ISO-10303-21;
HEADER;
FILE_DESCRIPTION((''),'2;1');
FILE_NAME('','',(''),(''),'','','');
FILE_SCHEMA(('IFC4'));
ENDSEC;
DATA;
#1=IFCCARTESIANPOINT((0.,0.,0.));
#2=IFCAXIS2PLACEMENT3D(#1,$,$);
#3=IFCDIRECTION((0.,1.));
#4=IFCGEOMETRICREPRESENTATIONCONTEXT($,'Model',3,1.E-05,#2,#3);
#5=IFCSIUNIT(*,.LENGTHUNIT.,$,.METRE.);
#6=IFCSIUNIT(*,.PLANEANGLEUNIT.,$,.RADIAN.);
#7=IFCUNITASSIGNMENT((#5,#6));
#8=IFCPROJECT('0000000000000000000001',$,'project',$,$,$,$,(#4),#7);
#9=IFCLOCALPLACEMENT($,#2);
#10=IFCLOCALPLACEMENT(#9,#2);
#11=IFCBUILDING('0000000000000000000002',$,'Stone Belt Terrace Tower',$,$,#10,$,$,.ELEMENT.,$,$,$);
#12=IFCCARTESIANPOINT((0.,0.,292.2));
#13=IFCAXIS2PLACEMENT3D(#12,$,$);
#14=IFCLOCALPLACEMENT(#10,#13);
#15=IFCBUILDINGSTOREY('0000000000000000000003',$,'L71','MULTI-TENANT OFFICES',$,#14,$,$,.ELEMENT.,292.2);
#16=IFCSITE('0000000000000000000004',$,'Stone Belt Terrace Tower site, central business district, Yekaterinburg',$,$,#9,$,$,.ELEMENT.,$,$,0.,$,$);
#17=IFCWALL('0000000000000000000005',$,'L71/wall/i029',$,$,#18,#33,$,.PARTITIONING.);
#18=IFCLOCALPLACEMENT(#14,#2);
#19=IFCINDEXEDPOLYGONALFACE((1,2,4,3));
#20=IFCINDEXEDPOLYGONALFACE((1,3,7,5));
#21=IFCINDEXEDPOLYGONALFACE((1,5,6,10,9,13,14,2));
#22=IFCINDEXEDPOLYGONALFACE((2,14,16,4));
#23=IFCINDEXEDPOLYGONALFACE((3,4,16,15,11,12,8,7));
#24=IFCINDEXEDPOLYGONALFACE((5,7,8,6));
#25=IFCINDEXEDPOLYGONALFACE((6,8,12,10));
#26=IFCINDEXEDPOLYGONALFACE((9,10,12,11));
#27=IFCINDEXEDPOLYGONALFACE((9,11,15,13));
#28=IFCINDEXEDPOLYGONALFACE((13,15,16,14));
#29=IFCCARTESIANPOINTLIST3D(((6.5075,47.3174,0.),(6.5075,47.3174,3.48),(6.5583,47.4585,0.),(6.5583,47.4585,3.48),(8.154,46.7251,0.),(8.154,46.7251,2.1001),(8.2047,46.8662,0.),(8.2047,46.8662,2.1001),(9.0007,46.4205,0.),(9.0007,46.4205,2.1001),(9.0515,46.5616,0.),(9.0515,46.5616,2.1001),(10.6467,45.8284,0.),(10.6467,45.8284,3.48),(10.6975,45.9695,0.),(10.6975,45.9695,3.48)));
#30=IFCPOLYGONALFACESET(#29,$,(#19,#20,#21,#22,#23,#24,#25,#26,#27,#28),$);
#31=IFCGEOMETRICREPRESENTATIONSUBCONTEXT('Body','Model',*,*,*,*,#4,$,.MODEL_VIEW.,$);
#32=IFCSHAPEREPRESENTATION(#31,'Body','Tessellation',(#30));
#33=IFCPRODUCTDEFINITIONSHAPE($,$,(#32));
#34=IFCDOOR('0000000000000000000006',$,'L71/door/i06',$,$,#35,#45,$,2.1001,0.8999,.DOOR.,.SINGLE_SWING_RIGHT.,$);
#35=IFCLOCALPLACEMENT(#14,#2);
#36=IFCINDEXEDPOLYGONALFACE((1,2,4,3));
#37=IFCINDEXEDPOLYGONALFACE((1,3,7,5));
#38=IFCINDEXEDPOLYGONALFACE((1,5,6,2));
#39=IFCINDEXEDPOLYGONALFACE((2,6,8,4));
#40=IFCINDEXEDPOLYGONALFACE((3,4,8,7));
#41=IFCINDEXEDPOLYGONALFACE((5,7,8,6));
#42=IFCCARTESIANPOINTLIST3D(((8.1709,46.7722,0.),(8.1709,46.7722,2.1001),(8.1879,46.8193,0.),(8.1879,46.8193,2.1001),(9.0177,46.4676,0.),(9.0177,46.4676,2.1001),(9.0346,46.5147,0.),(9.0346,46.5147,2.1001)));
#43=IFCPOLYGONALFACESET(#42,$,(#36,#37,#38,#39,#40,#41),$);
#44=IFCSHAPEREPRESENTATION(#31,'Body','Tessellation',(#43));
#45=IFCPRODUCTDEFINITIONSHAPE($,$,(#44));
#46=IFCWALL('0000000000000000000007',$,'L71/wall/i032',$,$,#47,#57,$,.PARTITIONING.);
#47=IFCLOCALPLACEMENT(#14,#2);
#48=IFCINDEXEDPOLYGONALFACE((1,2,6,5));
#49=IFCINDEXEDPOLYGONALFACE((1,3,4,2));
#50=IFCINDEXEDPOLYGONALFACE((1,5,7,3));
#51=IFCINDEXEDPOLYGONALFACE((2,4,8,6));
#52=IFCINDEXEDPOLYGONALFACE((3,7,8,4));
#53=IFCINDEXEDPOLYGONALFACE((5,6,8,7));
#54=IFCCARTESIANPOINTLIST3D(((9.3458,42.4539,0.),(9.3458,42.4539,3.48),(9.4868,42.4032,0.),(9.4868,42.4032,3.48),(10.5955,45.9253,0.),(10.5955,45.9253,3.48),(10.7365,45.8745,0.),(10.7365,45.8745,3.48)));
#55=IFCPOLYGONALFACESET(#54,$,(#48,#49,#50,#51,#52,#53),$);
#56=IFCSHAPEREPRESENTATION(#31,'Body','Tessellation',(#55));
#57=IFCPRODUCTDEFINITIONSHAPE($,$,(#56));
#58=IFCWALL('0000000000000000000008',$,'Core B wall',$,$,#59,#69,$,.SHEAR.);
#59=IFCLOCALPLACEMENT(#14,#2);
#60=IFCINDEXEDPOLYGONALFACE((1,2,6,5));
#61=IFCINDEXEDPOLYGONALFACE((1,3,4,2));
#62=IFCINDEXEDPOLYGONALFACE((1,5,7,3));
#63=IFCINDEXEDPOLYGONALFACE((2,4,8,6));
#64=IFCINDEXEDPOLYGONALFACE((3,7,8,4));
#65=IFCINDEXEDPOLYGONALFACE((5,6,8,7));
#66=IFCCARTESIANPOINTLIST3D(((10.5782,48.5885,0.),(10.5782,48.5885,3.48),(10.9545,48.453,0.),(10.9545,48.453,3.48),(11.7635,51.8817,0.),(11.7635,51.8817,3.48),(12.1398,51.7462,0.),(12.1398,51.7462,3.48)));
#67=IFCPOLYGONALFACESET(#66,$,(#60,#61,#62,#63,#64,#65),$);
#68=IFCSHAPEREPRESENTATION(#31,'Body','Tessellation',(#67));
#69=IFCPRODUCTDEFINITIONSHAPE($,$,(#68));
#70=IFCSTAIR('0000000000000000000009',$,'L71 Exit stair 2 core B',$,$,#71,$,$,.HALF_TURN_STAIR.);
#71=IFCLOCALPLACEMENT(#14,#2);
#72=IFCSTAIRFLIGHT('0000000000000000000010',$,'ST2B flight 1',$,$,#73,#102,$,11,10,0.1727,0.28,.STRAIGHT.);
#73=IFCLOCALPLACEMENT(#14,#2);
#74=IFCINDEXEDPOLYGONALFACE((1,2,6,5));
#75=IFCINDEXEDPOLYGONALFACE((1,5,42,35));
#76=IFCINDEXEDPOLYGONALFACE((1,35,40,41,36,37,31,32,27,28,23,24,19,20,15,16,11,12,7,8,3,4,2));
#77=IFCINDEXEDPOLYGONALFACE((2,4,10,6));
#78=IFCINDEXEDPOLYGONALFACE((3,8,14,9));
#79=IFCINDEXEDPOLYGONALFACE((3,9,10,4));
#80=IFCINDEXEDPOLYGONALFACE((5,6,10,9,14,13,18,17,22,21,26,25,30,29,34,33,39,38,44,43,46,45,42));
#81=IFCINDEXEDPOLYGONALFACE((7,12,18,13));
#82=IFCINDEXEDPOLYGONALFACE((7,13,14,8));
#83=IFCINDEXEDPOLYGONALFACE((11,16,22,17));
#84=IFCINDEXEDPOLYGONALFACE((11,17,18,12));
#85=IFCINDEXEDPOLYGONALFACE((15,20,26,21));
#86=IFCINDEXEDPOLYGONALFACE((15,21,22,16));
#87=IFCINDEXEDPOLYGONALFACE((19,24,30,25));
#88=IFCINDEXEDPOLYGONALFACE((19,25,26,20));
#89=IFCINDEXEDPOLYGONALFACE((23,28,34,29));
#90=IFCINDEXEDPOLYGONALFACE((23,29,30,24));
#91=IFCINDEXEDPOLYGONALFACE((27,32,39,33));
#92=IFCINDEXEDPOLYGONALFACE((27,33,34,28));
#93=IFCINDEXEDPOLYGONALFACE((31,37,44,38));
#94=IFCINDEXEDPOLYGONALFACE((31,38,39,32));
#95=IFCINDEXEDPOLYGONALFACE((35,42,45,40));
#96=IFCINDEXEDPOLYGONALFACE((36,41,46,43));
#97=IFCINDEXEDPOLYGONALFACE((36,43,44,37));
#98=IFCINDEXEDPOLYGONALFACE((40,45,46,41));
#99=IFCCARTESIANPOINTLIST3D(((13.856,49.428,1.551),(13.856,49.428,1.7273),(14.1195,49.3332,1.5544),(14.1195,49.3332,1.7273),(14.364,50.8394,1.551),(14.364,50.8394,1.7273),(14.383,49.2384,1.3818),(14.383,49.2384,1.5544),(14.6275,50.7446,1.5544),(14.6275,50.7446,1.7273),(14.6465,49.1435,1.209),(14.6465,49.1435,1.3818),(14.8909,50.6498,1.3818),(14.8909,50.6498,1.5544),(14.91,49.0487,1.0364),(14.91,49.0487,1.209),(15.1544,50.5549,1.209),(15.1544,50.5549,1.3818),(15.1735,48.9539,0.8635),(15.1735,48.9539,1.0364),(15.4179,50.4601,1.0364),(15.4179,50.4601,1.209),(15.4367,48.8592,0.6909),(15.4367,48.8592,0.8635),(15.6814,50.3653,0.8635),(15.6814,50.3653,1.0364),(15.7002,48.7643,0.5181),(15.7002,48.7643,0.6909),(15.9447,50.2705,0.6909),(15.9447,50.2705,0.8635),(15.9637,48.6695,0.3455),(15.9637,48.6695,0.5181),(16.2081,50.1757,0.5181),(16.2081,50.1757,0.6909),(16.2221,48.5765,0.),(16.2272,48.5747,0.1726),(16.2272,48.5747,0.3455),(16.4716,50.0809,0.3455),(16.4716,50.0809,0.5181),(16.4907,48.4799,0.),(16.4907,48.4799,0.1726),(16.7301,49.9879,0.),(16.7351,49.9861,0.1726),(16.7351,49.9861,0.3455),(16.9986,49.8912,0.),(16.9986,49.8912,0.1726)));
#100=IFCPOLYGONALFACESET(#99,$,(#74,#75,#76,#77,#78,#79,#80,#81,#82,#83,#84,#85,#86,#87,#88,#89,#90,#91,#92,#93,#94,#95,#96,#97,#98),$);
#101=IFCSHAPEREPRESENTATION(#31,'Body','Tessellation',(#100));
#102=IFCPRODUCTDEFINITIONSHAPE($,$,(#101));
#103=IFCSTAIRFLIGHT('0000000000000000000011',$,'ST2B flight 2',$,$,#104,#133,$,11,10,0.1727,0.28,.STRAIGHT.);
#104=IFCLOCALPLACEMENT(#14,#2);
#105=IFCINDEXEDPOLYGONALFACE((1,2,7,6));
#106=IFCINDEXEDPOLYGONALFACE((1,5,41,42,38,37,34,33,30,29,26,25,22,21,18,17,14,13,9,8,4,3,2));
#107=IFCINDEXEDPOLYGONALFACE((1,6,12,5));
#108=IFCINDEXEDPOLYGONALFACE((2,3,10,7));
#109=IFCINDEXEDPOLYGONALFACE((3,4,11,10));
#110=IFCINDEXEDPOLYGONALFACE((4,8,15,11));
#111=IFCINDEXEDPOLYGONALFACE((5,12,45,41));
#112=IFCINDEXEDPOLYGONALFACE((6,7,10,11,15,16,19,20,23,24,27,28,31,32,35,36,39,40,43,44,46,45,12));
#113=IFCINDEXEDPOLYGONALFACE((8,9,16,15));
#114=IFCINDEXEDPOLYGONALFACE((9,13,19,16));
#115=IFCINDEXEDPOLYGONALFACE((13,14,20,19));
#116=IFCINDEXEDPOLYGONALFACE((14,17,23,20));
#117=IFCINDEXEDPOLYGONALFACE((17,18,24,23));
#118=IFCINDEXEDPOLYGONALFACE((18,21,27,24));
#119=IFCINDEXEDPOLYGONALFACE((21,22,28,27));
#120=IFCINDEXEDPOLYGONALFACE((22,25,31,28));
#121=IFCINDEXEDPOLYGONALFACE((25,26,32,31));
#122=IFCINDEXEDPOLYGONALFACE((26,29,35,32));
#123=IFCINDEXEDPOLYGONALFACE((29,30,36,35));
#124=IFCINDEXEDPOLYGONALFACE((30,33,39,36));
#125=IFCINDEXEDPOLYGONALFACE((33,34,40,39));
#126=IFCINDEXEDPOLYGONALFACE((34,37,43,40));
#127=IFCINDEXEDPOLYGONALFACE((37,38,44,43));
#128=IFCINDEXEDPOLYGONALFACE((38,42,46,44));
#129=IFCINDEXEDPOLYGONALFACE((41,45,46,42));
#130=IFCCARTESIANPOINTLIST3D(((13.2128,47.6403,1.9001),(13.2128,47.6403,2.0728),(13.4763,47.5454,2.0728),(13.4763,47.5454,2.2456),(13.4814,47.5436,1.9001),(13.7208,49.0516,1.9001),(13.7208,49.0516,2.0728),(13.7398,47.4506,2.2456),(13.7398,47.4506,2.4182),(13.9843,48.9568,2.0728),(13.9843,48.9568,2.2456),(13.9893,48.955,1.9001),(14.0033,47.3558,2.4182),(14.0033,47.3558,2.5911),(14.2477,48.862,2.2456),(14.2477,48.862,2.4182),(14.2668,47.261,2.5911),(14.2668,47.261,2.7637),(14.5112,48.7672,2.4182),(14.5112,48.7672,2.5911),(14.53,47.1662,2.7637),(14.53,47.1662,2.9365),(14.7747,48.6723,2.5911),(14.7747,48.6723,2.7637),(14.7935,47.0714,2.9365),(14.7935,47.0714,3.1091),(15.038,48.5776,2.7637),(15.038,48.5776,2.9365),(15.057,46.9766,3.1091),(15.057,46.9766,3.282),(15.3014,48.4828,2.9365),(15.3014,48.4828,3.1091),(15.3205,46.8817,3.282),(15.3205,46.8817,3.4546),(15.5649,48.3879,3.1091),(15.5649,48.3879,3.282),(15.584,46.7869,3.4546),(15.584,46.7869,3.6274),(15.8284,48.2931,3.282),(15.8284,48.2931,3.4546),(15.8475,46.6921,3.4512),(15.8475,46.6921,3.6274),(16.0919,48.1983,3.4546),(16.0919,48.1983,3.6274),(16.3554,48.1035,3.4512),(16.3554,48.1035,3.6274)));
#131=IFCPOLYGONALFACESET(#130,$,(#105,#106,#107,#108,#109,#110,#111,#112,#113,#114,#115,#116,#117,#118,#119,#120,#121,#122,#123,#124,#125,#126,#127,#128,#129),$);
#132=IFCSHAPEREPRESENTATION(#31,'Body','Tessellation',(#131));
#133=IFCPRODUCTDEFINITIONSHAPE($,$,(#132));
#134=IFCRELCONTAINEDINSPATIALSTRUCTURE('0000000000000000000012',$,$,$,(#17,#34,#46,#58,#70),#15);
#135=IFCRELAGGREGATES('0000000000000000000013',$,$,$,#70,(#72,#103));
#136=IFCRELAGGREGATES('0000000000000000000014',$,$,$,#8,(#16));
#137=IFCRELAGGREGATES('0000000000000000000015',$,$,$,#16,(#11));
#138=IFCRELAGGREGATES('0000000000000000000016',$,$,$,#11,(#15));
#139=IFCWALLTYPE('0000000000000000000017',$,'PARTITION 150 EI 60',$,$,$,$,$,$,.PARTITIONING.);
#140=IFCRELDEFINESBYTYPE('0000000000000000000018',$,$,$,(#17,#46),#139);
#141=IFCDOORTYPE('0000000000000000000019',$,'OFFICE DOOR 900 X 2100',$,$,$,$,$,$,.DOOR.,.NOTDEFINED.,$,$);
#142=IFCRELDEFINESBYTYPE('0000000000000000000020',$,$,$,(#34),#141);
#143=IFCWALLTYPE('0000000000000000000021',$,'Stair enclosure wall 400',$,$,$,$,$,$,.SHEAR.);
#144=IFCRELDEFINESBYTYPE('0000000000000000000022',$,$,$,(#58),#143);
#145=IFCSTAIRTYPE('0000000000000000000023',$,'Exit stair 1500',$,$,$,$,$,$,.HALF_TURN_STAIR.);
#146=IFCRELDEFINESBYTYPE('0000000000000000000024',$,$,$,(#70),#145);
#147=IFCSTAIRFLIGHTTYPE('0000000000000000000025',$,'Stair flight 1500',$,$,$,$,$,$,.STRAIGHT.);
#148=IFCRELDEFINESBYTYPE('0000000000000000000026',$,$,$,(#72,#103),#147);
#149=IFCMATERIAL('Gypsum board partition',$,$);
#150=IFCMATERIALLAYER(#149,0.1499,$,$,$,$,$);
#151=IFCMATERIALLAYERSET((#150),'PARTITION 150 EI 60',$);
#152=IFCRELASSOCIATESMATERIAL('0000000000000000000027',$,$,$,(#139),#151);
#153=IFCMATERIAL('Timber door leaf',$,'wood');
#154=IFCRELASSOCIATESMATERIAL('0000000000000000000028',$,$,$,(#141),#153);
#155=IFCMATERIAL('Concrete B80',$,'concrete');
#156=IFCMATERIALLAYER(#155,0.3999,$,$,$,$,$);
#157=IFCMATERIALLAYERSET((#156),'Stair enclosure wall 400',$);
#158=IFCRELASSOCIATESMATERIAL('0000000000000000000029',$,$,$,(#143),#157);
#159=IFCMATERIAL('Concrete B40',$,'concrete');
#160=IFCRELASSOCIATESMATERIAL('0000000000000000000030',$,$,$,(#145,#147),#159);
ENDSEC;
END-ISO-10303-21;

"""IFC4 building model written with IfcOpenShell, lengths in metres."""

from ifc_helpers import new_model, si_unit, direction, frame, frame_2d, origin, place, context, subcontext, project, spatial, polyline, rectangle, outline, extrude, material, layer, layer_set, type_object, element, fill, aggregate, save


model = new_model("IFC4")

# Units and contexts
model_context = context("Model", 3, precision=1e-05, world=origin(), true_north=direction((0.0, 1.0)))
body_context = subcontext(model_context, "Body", "Model", "MODEL_VIEW")
ifc_project = project(units=[si_unit("LENGTHUNIT", "METRE"), si_unit("PLANEANGLEUNIT", "RADIAN")], contexts=[model_context])

# Site, building, storey
site_placement = place(None, origin())
site = spatial("IfcSite", under=ifc_project, at=site_placement, Name="Stone Belt Terrace Tower site, central business district, Yekaterinburg", CompositionType="ELEMENT", RefElevation=0.0)
building_placement = place(site_placement, origin())
building = spatial("IfcBuilding", under=site, at=building_placement, Name="Stone Belt Terrace Tower", CompositionType="ELEMENT")
storey_placement = place(building_placement, frame((0.0, 0.0, 292.2)))
storey = spatial("IfcBuildingStorey", under=building, at=storey_placement, Name="L71", Description="MULTI-TENANT OFFICES", CompositionType="ELEMENT", Elevation=292.2)

# Shared definitions
ifc_material_1 = material(Name="Timber door leaf", Category="wood")

# Shared definitions
ifc_material_2 = material(Name="Gypsum board partition")
ifc_layer_1 = layer(ifc_material_2, 0.1499)
ifc_layer_set_1 = layer_set([ifc_layer_1], Name="PARTITION 150 EI 60")
wall_type_1 = type_object("IfcWallType", Name="PARTITION 150 EI 60", PredefinedType="PARTITIONING", material=ifc_layer_set_1)

# Wall, opening, door
wall_1_placement = place(storey_placement, frame((10.6721, 45.8989, 0.0), z_axis=(0.0, 0.0, 1.0), x_axis=(-0.940966, 0.338501, 0.0)))
wall_1 = element("IfcWall", 1, at=wall_1_placement, inside=storey, type_object=wall_type_1, Name="L71/wall/i029", PredefinedType="PARTITIONING", context=body_context, shape_type="SweptSolid", body=[
    extrude(rectangle(XDim=4.3989, YDim=0.1499, at=frame_2d((2.1995, 0.0))), origin(), (0.0, 0.0, 1.0), 3.48),
])
opening_1_placement = place(wall_1_placement, frame((1.7493, 0.0, 0.0)))
opening_1 = element("IfcOpeningElement", 2, at=opening_1_placement, cuts=wall_1, PredefinedType="OPENING", context=body_context, shape_type="SweptSolid", body=[
    extrude(rectangle(XDim=0.8999, YDim=2.1001, at=frame_2d((0.45, 1.05))), frame((0.0, 0.085, 0.0), z_axis=(0.0, -1.0, 0.0), x_axis=(1.0, 0.0, 0.0)), (0.0, 0.0, 1.0), 0.1699),
])
door_type_1 = type_object("IfcDoorType", Name="OFFICE DOOR 900 X 2100", OperationType="NOTDEFINED", PredefinedType="DOOR", material=ifc_material_1)
door_1_placement = place(opening_1_placement, origin())
door_1 = element("IfcDoor", 3, at=door_1_placement, inside=storey, type_object=door_type_1, Name="L71/door/i06", OperationType="SINGLE_SWING_RIGHT", OverallHeight=2.1001, OverallWidth=0.8999, PredefinedType="DOOR", context=body_context, shape_type="SweptSolid", body=[
    extrude(rectangle(XDim=0.8999, YDim=2.1001, at=frame_2d((0.45, 1.05))), frame((0.0, 0.0249, 0.0), z_axis=(0.0, -1.0, 0.0), x_axis=(1.0, 0.0, 0.0)), (0.0, 0.0, 1.0), 0.05),
])
fill(opening_1, door_1)

# Walls
wall_2_placement = place(storey_placement, frame((10.666, 45.8999, 0.0), z_axis=(0.0, 0.0, 1.0), x_axis=(-0.338729, -0.940884, 0.0)))
element("IfcWall", 4, at=wall_2_placement, inside=storey, type_object=wall_type_1, Name="L71/wall/i032", PredefinedType="PARTITIONING", context=body_context, shape_type="SweptSolid", body=[
    extrude(rectangle(XDim=3.6895, YDim=0.1499, at=frame_2d((1.8447, 0.0))), origin(), (0.0, 0.0, 1.0), 3.48),
])
ifc_material_3 = material(Name="Concrete B80", Category="concrete")
ifc_layer_2 = layer(ifc_material_3, 0.3999)
ifc_layer_set_2 = layer_set([ifc_layer_2], Name="Stair enclosure wall 400")
wall_type_2 = type_object("IfcWallType", Name="Stair enclosure wall 400", PredefinedType="SHEAR", material=ifc_layer_set_2)
wall_3_placement = place(storey_placement, frame((10.7664, 48.5208, 0.0), z_axis=(0.0, 0.0, 1.0), x_axis=(0.338655, 0.940911, 0.0)))
element("IfcWall", 5, at=wall_3_placement, inside=storey, type_object=wall_type_2, Name="Core B wall", PredefinedType="SHEAR", context=body_context, shape_type="SweptSolid", body=[
    extrude(rectangle(XDim=3.5, YDim=0.3999, at=frame_2d((1.75, 0.0))), origin(), (0.0, 0.0, 1.0), 3.48),
])

# Stair, stair flights
ifc_material_4 = material(Name="Concrete B40", Category="concrete")
stair_type = type_object("IfcStairType", Name="Exit stair 1500", PredefinedType="HALF_TURN_STAIR", material=ifc_material_4)
stair_placement = place(storey_placement, origin())
stair = element("IfcStair", 6, at=stair_placement, inside=storey, type_object=stair_type, Name="L71 Exit stair 2 core B", PredefinedType="HALF_TURN_STAIR")
stair_flight_type = type_object("IfcStairFlightType", Name="Stair flight 1500", PredefinedType="STRAIGHT", material=ifc_material_4)
stair_flight_1_placement = place(storey_placement, frame((16.7446, 49.1855, 0.0), z_axis=(0.0, 0.0, 1.0), x_axis=(-0.940922, 0.338624, 0.0)))
stair_flight_1 = element("IfcStairFlight", 7, at=stair_flight_1_placement, type_object=stair_flight_type, Name="ST2B flight 1", NumberOfRisers=11, NumberOfTreads=10, PredefinedType="STRAIGHT", RiserHeight=0.1727, TreadLength=0.28, context=body_context, shape_type="SweptSolid", body=[
    extrude(outline(polyline([(0.0, 0.0), (0.0, 0.1726), (0.28, 0.1726), (0.28, 0.3455), (0.5601, 0.3455), (0.5601, 0.5181), (0.8401, 0.5181), (0.8401, 0.6909), (1.1201, 0.6909), (1.1201, 0.8635), (1.3999, 0.8635), (1.3999, 1.0364), (1.6799, 1.0364), (1.6799, 1.209), (1.96, 1.209), (1.96, 1.3818), (2.24, 1.3818), (2.24, 1.5544), (2.52, 1.5544), (2.52, 1.7273), (2.8, 1.7273), (2.8, 1.8999), (2.8, 1.551), (0.2854, 0.0), (0.0, 0.0)])), frame((0.0, 0.75, 0.0), z_axis=(0.0, -1.0, 0.0), x_axis=(1.0, 0.0, 0.0)), (0.0, 0.0, 1.0), 1.5),
])
stair_flight_2_placement = place(storey_placement, frame((13.4668, 48.3459, 1.9001), z_axis=(0.0, 0.0, 1.0), x_axis=(0.940922, -0.338624, 0.0)))
stair_flight_2 = element("IfcStairFlight", 8, at=stair_flight_2_placement, type_object=stair_flight_type, Name="ST2B flight 2", NumberOfRisers=11, NumberOfTreads=10, PredefinedType="STRAIGHT", RiserHeight=0.1727, TreadLength=0.28, context=body_context, shape_type="SweptSolid", body=[
    extrude(outline(polyline([(0.0, 0.0), (0.0, 0.1726), (0.28, 0.1726), (0.28, 0.3455), (0.5601, 0.3455), (0.5601, 0.5181), (0.8401, 0.5181), (0.8401, 0.6909), (1.1201, 0.6909), (1.1201, 0.8635), (1.3999, 0.8635), (1.3999, 1.0364), (1.6799, 1.0364), (1.6799, 1.209), (1.96, 1.209), (1.96, 1.3818), (2.24, 1.3818), (2.24, 1.5544), (2.52, 1.5544), (2.52, 1.7273), (2.8, 1.7273), (2.8, 1.8999), (2.8, 1.551), (0.2854, 0.0), (0.0, 0.0)])), frame((0.0, 0.75, 0.0), z_axis=(0.0, -1.0, 0.0), x_axis=(1.0, 0.0, 0.0)), (0.0, 0.0, 1.0), 1.5),
])
aggregate(stair, [stair_flight_1, stair_flight_2])

save(model, "model.ifc")
